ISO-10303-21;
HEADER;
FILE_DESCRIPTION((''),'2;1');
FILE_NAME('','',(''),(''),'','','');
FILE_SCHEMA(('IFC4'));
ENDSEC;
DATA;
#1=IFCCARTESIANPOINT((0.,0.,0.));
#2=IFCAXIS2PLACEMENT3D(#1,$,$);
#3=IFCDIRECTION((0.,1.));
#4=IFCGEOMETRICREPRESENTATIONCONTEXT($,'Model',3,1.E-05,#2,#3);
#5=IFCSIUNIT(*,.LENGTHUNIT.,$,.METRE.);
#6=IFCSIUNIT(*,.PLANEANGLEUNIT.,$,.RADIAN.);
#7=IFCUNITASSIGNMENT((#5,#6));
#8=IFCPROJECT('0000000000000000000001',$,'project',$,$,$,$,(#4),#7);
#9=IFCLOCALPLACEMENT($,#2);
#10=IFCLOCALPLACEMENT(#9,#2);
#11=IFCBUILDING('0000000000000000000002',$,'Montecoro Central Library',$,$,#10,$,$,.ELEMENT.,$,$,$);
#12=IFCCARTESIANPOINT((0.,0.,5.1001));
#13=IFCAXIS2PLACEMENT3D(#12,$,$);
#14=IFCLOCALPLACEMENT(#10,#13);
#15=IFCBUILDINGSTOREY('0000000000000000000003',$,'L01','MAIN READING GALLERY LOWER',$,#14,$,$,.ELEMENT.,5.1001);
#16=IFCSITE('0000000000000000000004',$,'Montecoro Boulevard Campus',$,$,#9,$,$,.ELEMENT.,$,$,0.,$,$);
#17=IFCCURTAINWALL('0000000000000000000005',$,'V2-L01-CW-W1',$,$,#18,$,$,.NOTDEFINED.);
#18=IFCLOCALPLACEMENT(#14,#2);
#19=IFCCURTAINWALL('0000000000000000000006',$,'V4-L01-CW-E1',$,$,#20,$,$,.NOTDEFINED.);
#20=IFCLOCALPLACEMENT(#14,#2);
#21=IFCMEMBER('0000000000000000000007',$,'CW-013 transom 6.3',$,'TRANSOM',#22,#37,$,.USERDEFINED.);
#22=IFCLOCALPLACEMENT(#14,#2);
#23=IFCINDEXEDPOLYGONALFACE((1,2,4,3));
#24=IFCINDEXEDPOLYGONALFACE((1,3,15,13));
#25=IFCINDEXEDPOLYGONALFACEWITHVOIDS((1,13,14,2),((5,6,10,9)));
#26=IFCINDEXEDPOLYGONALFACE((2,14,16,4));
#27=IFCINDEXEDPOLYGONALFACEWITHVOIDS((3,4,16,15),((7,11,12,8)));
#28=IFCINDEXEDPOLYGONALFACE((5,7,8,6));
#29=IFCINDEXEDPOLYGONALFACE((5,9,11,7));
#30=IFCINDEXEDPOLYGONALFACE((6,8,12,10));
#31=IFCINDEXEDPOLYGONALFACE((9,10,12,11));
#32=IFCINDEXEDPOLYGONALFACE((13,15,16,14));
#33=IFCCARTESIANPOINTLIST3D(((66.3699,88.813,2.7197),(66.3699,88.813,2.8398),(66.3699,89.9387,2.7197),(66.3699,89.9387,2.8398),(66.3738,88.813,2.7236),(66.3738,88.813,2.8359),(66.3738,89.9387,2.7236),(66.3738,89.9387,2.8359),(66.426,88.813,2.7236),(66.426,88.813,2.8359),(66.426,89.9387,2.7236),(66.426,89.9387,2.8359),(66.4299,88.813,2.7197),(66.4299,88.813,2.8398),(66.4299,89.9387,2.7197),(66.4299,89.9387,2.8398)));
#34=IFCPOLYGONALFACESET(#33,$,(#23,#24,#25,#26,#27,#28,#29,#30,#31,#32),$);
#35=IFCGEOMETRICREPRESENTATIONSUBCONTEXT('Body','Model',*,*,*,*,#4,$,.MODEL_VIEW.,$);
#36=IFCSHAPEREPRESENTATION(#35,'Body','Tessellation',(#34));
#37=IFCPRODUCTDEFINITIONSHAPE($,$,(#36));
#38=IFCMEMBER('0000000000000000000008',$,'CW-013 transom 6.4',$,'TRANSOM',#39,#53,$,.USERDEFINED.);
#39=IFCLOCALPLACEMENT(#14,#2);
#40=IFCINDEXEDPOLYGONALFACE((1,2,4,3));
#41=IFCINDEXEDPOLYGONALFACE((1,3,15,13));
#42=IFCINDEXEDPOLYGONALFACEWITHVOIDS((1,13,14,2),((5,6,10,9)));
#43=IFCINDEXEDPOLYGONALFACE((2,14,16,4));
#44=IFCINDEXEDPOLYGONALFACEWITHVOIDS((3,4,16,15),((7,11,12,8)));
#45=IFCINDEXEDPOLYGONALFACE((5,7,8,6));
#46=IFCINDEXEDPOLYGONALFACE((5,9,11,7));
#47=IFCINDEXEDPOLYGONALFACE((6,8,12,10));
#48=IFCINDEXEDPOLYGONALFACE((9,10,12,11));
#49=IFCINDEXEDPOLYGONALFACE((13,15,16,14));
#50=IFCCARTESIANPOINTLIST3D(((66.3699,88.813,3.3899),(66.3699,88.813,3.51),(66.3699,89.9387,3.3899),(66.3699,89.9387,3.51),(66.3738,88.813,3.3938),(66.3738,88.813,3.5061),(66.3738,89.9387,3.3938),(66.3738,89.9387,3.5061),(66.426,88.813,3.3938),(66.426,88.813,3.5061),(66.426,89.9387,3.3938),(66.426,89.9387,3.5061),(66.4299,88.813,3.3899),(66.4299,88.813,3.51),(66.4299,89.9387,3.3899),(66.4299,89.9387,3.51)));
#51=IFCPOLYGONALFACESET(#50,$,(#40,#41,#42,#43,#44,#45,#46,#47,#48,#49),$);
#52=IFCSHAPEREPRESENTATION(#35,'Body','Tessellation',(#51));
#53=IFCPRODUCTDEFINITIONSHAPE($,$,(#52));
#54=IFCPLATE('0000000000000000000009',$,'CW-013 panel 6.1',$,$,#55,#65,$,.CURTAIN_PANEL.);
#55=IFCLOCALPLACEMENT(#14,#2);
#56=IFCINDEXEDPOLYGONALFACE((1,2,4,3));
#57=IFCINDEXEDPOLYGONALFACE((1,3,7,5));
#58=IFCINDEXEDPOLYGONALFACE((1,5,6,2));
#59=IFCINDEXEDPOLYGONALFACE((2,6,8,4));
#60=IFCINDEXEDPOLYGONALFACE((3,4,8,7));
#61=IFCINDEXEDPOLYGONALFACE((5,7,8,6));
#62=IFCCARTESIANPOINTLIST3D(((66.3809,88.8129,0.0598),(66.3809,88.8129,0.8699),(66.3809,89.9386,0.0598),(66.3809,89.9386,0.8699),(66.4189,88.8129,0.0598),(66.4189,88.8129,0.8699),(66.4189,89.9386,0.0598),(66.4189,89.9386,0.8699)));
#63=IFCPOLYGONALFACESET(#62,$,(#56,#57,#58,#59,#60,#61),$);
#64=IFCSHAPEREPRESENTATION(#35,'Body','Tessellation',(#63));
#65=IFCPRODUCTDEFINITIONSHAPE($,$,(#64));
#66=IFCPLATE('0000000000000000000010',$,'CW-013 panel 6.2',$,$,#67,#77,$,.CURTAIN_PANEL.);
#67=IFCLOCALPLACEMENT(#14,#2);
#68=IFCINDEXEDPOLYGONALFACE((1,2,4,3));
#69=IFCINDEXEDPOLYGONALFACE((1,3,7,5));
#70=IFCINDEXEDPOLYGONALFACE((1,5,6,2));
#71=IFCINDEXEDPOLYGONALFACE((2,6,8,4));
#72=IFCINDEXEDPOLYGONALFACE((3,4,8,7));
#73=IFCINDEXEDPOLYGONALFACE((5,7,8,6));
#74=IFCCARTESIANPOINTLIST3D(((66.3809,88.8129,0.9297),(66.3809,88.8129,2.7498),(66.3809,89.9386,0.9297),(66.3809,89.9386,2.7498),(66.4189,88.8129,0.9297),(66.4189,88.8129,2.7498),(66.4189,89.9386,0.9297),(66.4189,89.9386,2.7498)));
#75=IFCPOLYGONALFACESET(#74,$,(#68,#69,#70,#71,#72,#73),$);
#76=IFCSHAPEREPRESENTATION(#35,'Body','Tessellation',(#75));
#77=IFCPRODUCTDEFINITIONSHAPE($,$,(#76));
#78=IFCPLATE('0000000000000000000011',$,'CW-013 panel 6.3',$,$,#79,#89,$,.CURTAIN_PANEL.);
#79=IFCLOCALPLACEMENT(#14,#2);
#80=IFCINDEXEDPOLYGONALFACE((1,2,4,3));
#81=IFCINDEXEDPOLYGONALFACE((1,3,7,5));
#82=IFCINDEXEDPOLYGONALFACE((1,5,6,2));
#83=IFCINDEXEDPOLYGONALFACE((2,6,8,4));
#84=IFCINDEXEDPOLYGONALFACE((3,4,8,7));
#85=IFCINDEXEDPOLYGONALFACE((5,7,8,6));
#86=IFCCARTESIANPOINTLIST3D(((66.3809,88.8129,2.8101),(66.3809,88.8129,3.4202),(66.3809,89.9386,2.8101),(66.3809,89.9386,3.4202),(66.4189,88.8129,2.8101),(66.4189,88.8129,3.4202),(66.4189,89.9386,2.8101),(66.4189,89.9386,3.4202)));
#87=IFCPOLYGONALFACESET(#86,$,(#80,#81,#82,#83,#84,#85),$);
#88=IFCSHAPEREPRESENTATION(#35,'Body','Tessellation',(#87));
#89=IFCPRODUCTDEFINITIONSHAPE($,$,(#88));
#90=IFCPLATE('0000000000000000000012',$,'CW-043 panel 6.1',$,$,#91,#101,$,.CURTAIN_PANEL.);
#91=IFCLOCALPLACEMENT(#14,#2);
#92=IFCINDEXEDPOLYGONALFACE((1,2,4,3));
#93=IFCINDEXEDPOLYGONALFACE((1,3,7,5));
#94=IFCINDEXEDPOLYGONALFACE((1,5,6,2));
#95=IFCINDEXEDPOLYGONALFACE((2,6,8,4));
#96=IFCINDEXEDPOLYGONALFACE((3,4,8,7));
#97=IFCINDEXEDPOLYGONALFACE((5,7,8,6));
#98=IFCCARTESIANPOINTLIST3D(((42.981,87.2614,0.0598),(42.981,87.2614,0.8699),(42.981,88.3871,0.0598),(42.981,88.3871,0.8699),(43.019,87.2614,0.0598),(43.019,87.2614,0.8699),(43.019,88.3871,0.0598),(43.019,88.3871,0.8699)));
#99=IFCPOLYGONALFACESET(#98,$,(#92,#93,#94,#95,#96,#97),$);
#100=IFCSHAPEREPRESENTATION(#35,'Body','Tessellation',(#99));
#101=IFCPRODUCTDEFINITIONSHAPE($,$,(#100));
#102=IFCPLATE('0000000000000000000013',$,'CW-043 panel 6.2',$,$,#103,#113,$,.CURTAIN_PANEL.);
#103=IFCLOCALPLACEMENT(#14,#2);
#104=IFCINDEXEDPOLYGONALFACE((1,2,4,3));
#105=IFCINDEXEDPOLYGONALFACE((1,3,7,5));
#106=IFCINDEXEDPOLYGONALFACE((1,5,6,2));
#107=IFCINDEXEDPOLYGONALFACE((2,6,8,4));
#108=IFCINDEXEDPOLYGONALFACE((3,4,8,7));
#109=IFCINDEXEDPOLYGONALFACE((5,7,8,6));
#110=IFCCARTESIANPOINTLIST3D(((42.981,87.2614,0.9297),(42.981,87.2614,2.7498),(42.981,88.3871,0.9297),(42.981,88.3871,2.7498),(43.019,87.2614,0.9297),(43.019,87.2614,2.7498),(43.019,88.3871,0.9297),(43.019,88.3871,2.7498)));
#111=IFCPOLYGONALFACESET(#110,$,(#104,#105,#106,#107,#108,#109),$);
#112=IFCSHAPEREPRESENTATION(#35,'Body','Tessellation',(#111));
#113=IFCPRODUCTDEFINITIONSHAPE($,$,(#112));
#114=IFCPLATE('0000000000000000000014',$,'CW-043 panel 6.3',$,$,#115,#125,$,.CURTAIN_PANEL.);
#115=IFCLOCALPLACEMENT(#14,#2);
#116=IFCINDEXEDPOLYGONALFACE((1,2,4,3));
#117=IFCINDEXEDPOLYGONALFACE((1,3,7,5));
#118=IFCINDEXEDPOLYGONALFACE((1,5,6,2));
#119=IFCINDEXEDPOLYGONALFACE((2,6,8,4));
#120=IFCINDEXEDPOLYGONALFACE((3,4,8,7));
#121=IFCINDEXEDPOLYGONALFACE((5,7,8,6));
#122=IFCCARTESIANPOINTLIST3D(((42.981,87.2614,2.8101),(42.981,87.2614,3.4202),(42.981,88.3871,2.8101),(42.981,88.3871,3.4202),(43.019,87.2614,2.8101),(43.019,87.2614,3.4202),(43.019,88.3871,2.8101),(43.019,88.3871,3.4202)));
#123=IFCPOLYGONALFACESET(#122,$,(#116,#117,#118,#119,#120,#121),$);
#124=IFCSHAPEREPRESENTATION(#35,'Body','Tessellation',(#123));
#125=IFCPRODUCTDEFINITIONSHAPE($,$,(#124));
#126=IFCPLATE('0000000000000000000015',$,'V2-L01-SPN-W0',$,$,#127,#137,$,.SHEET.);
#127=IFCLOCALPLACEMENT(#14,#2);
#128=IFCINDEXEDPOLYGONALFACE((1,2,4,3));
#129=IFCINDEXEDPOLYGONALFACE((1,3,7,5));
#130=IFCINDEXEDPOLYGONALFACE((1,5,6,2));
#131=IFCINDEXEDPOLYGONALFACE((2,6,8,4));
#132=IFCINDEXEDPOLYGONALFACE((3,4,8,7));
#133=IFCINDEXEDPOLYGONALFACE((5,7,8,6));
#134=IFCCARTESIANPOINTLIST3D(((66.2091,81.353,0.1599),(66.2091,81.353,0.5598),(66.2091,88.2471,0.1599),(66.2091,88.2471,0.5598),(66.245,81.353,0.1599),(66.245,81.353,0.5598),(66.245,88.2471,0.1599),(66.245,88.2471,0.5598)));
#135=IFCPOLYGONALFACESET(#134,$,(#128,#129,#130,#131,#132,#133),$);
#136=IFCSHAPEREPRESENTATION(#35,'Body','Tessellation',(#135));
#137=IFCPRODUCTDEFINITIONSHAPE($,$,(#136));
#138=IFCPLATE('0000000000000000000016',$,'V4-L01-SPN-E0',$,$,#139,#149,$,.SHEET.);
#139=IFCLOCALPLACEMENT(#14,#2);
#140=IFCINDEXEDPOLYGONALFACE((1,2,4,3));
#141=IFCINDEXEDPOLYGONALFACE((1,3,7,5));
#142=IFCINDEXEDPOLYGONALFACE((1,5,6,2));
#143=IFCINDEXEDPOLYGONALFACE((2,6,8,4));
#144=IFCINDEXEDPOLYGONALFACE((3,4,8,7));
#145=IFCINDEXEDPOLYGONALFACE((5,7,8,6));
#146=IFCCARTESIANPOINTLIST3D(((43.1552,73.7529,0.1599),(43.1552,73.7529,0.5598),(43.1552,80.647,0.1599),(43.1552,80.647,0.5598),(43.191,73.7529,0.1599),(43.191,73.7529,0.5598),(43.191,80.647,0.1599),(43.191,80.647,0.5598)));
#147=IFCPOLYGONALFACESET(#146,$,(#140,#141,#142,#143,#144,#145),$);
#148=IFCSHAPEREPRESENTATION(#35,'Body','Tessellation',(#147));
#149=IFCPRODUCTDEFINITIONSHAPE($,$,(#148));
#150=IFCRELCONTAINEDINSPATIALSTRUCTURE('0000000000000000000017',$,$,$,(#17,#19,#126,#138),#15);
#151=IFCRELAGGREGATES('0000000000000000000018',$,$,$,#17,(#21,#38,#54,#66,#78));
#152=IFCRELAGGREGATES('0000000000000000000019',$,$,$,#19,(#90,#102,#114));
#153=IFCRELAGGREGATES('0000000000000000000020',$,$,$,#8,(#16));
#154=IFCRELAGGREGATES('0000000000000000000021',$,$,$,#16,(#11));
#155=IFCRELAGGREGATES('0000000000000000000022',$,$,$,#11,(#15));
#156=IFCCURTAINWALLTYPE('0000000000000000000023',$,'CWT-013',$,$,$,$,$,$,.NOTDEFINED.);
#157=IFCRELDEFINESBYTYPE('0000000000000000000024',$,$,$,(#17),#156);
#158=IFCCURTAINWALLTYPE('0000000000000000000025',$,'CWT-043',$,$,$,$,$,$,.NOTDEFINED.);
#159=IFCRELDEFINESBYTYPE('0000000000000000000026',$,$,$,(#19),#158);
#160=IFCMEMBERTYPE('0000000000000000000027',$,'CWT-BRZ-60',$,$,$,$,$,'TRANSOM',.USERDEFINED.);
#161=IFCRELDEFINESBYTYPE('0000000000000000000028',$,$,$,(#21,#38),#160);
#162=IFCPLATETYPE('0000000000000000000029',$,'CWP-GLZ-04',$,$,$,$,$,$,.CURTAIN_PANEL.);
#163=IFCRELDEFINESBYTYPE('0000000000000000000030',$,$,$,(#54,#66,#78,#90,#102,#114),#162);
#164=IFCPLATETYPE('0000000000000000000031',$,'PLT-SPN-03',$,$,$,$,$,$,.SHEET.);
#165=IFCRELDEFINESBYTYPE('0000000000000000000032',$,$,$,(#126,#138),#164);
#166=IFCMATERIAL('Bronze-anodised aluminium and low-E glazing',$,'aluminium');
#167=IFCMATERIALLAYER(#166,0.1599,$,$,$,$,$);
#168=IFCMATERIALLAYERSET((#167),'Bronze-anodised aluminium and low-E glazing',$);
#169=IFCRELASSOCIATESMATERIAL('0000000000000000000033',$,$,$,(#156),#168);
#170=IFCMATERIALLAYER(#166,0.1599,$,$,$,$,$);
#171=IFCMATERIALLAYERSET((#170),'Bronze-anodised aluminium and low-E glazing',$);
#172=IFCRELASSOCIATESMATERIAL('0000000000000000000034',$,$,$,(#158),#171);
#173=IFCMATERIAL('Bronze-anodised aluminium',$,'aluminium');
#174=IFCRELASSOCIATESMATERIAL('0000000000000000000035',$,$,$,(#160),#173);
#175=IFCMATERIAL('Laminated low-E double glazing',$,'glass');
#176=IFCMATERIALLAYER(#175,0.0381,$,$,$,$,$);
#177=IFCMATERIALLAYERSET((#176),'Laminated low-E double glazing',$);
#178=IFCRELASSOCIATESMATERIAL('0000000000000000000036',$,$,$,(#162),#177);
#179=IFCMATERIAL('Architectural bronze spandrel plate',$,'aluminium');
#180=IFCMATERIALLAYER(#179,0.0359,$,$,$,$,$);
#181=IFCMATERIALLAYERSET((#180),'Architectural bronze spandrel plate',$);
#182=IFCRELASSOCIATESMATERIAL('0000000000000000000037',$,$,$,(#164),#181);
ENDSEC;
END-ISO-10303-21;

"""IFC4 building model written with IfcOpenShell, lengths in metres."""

from ifc_helpers import new_model, si_unit, direction, frame, origin, origin_2d, place, context, subcontext, project, spatial, rectangle, hollow_rectangle, extrude, material, layer, layer_set, material_profile, profile_set, type_object, element, aggregate, save


model = new_model("IFC4")

# Units and contexts
model_context = context("Model", 3, precision=1e-05, world=origin(), true_north=direction((0.0, 1.0)))
body_context = subcontext(model_context, "Body", "Model", "MODEL_VIEW")
ifc_project = project(units=[si_unit("LENGTHUNIT", "METRE"), si_unit("PLANEANGLEUNIT", "RADIAN")], contexts=[model_context])

# Site, building, storey
site_placement = place(None, origin())
site = spatial("IfcSite", under=ifc_project, at=site_placement, Name="Montecoro Boulevard Campus", CompositionType="ELEMENT", RefElevation=0.0)
building_placement = place(site_placement, origin())
building = spatial("IfcBuilding", under=site, at=building_placement, Name="Montecoro Central Library", CompositionType="ELEMENT")
storey_placement = place(building_placement, frame((0.0, 0.0, 5.1001)))
storey = spatial("IfcBuildingStorey", under=building, at=storey_placement, Name="L01", Description="MAIN READING GALLERY LOWER", CompositionType="ELEMENT", Elevation=5.1001)

# Curtain walls
ifc_material_1 = material(Name="Bronze-anodised aluminium and low-E glazing", Category="aluminium")
ifc_layer_1 = layer(ifc_material_1, 0.1599)
ifc_layer_set_1 = layer_set([ifc_layer_1], Name="Bronze-anodised aluminium and low-E glazing")
curtain_wall_type_1 = type_object("IfcCurtainWallType", Name="CWT-013", PredefinedType="NOTDEFINED", material=ifc_layer_set_1)
curtain_wall_1_placement = place(storey_placement, origin())
curtain_wall_1 = element("IfcCurtainWall", 1, at=curtain_wall_1_placement, inside=storey, type_object=curtain_wall_type_1, Name="V2-L01-CW-W1", PredefinedType="NOTDEFINED")
ifc_material_2 = material(Name="Bronze-anodised aluminium", Category="aluminium")
ifc_layer_2 = layer(ifc_material_1, 0.1599)
ifc_layer_set_2 = layer_set([ifc_layer_2], Name="Bronze-anodised aluminium and low-E glazing")
curtain_wall_type_2 = type_object("IfcCurtainWallType", Name="CWT-043", PredefinedType="NOTDEFINED", material=ifc_layer_set_2)
curtain_wall_2_placement = place(storey_placement, origin())
curtain_wall_2 = element("IfcCurtainWall", 2, at=curtain_wall_2_placement, inside=storey, type_object=curtain_wall_type_2, Name="V4-L01-CW-E1", PredefinedType="NOTDEFINED")

# Members
ifc_material_profile_1 = material_profile(ifc_material_2, hollow_rectangle(XDim=0.0601, YDim=0.1201, WallThickness=0.0039, at=origin_2d()), Name="CWT 120x60x4.0")
ifc_profile_set_1 = profile_set([ifc_material_profile_1], Name="Bronze-anodised aluminium")
member_type_1 = type_object("IfcMemberType", Name="CWT-BRZ-60", ElementType="TRANSOM", PredefinedType="USERDEFINED", material=ifc_profile_set_1)
member_1_placement = place(storey_placement, frame((66.3999, 89.9387, 2.7798), z_axis=(0.0, -1.0, 0.0), x_axis=(1.0, 0.0, 0.0)))
member_1 = element("IfcMember", 3, at=member_1_placement, type_object=member_type_1, Name="CW-013 transom 6.3", ObjectType="TRANSOM", PredefinedType="USERDEFINED", context=body_context, shape_type="SweptSolid", body=[
    extrude(hollow_rectangle(XDim=0.0601, YDim=0.1201, WallThickness=0.0039, at=origin_2d()), origin(), (0.0, 0.0, 1.0), 1.1257),
])
member_2_placement = place(storey_placement, frame((66.3999, 89.9387, 3.45), z_axis=(0.0, -1.0, 0.0), x_axis=(1.0, 0.0, 0.0)))
member_2 = element("IfcMember", 4, at=member_2_placement, type_object=member_type_1, Name="CW-013 transom 6.4", ObjectType="TRANSOM", PredefinedType="USERDEFINED", context=body_context, shape_type="SweptSolid", body=[
    extrude(hollow_rectangle(XDim=0.0601, YDim=0.1201, WallThickness=0.0039, at=origin_2d()), origin(), (0.0, 0.0, 1.0), 1.1257),
])

# Plates
ifc_material_3 = material(Name="Laminated low-E double glazing", Category="glass")
ifc_layer_3 = layer(ifc_material_3, 0.0381)
ifc_layer_set_3 = layer_set([ifc_layer_3], Name="Laminated low-E double glazing")
plate_type_1 = type_object("IfcPlateType", Name="CWP-GLZ-04", PredefinedType="CURTAIN_PANEL", material=ifc_layer_set_3)
plate_1_placement = place(storey_placement, frame((66.3999, 89.3757, 0.0598), z_axis=(0.0, 0.0, 1.0), x_axis=(0.0, -1.0, 0.0)))
plate_1 = element("IfcPlate", 5, at=plate_1_placement, type_object=plate_type_1, Name="CW-013 panel 6.1", PredefinedType="CURTAIN_PANEL", context=body_context, shape_type="SweptSolid", body=[
    extrude(rectangle(XDim=1.1257, YDim=0.0381, at=origin_2d()), origin(), (0.0, 0.0, 1.0), 0.8101),
])
plate_2_placement = place(storey_placement, frame((66.3999, 89.3757, 0.9297), z_axis=(0.0, 0.0, 1.0), x_axis=(0.0, -1.0, 0.0)))
plate_2 = element("IfcPlate", 6, at=plate_2_placement, type_object=plate_type_1, Name="CW-013 panel 6.2", PredefinedType="CURTAIN_PANEL", context=body_context, shape_type="SweptSolid", body=[
    extrude(rectangle(XDim=1.1257, YDim=0.0381, at=origin_2d()), origin(), (0.0, 0.0, 1.0), 1.8201),
])
plate_3_placement = place(storey_placement, frame((66.3999, 89.3757, 2.8101), z_axis=(0.0, 0.0, 1.0), x_axis=(0.0, -1.0, 0.0)))
plate_3 = element("IfcPlate", 7, at=plate_3_placement, type_object=plate_type_1, Name="CW-013 panel 6.3", PredefinedType="CURTAIN_PANEL", context=body_context, shape_type="SweptSolid", body=[
    extrude(rectangle(XDim=1.1257, YDim=0.0381, at=origin_2d()), origin(), (0.0, 0.0, 1.0), 0.6101),
])
aggregate(curtain_wall_1, [member_1, member_2, plate_1, plate_2, plate_3])
plate_4_placement = place(storey_placement, frame((43.0, 87.8242, 0.0598), z_axis=(0.0, 0.0, 1.0), x_axis=(0.0, 1.0, 0.0)))
plate_4 = element("IfcPlate", 8, at=plate_4_placement, type_object=plate_type_1, Name="CW-043 panel 6.1", PredefinedType="CURTAIN_PANEL", context=body_context, shape_type="SweptSolid", body=[
    extrude(rectangle(XDim=1.1257, YDim=0.0381, at=origin_2d()), origin(), (0.0, 0.0, 1.0), 0.8101),
])
plate_5_placement = place(storey_placement, frame((43.0, 87.8242, 0.9297), z_axis=(0.0, 0.0, 1.0), x_axis=(0.0, 1.0, 0.0)))
plate_5 = element("IfcPlate", 9, at=plate_5_placement, type_object=plate_type_1, Name="CW-043 panel 6.2", PredefinedType="CURTAIN_PANEL", context=body_context, shape_type="SweptSolid", body=[
    extrude(rectangle(XDim=1.1257, YDim=0.0381, at=origin_2d()), origin(), (0.0, 0.0, 1.0), 1.8201),
])
plate_6_placement = place(storey_placement, frame((43.0, 87.8242, 2.8101), z_axis=(0.0, 0.0, 1.0), x_axis=(0.0, 1.0, 0.0)))
plate_6 = element("IfcPlate", 10, at=plate_6_placement, type_object=plate_type_1, Name="CW-043 panel 6.3", PredefinedType="CURTAIN_PANEL", context=body_context, shape_type="SweptSolid", body=[
    extrude(rectangle(XDim=1.1257, YDim=0.0381, at=origin_2d()), origin(), (0.0, 0.0, 1.0), 0.6101),
])
aggregate(curtain_wall_2, [plate_4, plate_5, plate_6])

# Plates
ifc_material_4 = material(Name="Architectural bronze spandrel plate", Category="aluminium")
ifc_layer_4 = layer(ifc_material_4, 0.0359)
ifc_layer_set_4 = layer_set([ifc_layer_4], Name="Architectural bronze spandrel plate")
plate_type_2 = type_object("IfcPlateType", Name="PLT-SPN-03", PredefinedType="SHEET", material=ifc_layer_set_4)
for number, where, z_axis, x_axis, name in (
    (11, (66.2271, 84.8, 0.1599), (0.0, 0.0, 1.0), (0.0, -1.0, 0.0), "V2-L01-SPN-W0"),
    (12, (43.1731, 77.2, 0.1599), (0.0, 0.0, 1.0), (0.0, 1.0, 0.0), "V4-L01-SPN-E0"),
):
    element("IfcPlate", number, at=place(storey_placement, frame(where, z_axis=z_axis, x_axis=x_axis)), inside=storey, type_object=plate_type_2, Name=name, PredefinedType="SHEET", context=body_context, shape_type="SweptSolid", body=[
        extrude(rectangle(XDim=6.894, YDim=0.0359, at=origin_2d()), origin(), (0.0, 0.0, 1.0), 0.3999),
    ])

save(model, "model.ifc")
